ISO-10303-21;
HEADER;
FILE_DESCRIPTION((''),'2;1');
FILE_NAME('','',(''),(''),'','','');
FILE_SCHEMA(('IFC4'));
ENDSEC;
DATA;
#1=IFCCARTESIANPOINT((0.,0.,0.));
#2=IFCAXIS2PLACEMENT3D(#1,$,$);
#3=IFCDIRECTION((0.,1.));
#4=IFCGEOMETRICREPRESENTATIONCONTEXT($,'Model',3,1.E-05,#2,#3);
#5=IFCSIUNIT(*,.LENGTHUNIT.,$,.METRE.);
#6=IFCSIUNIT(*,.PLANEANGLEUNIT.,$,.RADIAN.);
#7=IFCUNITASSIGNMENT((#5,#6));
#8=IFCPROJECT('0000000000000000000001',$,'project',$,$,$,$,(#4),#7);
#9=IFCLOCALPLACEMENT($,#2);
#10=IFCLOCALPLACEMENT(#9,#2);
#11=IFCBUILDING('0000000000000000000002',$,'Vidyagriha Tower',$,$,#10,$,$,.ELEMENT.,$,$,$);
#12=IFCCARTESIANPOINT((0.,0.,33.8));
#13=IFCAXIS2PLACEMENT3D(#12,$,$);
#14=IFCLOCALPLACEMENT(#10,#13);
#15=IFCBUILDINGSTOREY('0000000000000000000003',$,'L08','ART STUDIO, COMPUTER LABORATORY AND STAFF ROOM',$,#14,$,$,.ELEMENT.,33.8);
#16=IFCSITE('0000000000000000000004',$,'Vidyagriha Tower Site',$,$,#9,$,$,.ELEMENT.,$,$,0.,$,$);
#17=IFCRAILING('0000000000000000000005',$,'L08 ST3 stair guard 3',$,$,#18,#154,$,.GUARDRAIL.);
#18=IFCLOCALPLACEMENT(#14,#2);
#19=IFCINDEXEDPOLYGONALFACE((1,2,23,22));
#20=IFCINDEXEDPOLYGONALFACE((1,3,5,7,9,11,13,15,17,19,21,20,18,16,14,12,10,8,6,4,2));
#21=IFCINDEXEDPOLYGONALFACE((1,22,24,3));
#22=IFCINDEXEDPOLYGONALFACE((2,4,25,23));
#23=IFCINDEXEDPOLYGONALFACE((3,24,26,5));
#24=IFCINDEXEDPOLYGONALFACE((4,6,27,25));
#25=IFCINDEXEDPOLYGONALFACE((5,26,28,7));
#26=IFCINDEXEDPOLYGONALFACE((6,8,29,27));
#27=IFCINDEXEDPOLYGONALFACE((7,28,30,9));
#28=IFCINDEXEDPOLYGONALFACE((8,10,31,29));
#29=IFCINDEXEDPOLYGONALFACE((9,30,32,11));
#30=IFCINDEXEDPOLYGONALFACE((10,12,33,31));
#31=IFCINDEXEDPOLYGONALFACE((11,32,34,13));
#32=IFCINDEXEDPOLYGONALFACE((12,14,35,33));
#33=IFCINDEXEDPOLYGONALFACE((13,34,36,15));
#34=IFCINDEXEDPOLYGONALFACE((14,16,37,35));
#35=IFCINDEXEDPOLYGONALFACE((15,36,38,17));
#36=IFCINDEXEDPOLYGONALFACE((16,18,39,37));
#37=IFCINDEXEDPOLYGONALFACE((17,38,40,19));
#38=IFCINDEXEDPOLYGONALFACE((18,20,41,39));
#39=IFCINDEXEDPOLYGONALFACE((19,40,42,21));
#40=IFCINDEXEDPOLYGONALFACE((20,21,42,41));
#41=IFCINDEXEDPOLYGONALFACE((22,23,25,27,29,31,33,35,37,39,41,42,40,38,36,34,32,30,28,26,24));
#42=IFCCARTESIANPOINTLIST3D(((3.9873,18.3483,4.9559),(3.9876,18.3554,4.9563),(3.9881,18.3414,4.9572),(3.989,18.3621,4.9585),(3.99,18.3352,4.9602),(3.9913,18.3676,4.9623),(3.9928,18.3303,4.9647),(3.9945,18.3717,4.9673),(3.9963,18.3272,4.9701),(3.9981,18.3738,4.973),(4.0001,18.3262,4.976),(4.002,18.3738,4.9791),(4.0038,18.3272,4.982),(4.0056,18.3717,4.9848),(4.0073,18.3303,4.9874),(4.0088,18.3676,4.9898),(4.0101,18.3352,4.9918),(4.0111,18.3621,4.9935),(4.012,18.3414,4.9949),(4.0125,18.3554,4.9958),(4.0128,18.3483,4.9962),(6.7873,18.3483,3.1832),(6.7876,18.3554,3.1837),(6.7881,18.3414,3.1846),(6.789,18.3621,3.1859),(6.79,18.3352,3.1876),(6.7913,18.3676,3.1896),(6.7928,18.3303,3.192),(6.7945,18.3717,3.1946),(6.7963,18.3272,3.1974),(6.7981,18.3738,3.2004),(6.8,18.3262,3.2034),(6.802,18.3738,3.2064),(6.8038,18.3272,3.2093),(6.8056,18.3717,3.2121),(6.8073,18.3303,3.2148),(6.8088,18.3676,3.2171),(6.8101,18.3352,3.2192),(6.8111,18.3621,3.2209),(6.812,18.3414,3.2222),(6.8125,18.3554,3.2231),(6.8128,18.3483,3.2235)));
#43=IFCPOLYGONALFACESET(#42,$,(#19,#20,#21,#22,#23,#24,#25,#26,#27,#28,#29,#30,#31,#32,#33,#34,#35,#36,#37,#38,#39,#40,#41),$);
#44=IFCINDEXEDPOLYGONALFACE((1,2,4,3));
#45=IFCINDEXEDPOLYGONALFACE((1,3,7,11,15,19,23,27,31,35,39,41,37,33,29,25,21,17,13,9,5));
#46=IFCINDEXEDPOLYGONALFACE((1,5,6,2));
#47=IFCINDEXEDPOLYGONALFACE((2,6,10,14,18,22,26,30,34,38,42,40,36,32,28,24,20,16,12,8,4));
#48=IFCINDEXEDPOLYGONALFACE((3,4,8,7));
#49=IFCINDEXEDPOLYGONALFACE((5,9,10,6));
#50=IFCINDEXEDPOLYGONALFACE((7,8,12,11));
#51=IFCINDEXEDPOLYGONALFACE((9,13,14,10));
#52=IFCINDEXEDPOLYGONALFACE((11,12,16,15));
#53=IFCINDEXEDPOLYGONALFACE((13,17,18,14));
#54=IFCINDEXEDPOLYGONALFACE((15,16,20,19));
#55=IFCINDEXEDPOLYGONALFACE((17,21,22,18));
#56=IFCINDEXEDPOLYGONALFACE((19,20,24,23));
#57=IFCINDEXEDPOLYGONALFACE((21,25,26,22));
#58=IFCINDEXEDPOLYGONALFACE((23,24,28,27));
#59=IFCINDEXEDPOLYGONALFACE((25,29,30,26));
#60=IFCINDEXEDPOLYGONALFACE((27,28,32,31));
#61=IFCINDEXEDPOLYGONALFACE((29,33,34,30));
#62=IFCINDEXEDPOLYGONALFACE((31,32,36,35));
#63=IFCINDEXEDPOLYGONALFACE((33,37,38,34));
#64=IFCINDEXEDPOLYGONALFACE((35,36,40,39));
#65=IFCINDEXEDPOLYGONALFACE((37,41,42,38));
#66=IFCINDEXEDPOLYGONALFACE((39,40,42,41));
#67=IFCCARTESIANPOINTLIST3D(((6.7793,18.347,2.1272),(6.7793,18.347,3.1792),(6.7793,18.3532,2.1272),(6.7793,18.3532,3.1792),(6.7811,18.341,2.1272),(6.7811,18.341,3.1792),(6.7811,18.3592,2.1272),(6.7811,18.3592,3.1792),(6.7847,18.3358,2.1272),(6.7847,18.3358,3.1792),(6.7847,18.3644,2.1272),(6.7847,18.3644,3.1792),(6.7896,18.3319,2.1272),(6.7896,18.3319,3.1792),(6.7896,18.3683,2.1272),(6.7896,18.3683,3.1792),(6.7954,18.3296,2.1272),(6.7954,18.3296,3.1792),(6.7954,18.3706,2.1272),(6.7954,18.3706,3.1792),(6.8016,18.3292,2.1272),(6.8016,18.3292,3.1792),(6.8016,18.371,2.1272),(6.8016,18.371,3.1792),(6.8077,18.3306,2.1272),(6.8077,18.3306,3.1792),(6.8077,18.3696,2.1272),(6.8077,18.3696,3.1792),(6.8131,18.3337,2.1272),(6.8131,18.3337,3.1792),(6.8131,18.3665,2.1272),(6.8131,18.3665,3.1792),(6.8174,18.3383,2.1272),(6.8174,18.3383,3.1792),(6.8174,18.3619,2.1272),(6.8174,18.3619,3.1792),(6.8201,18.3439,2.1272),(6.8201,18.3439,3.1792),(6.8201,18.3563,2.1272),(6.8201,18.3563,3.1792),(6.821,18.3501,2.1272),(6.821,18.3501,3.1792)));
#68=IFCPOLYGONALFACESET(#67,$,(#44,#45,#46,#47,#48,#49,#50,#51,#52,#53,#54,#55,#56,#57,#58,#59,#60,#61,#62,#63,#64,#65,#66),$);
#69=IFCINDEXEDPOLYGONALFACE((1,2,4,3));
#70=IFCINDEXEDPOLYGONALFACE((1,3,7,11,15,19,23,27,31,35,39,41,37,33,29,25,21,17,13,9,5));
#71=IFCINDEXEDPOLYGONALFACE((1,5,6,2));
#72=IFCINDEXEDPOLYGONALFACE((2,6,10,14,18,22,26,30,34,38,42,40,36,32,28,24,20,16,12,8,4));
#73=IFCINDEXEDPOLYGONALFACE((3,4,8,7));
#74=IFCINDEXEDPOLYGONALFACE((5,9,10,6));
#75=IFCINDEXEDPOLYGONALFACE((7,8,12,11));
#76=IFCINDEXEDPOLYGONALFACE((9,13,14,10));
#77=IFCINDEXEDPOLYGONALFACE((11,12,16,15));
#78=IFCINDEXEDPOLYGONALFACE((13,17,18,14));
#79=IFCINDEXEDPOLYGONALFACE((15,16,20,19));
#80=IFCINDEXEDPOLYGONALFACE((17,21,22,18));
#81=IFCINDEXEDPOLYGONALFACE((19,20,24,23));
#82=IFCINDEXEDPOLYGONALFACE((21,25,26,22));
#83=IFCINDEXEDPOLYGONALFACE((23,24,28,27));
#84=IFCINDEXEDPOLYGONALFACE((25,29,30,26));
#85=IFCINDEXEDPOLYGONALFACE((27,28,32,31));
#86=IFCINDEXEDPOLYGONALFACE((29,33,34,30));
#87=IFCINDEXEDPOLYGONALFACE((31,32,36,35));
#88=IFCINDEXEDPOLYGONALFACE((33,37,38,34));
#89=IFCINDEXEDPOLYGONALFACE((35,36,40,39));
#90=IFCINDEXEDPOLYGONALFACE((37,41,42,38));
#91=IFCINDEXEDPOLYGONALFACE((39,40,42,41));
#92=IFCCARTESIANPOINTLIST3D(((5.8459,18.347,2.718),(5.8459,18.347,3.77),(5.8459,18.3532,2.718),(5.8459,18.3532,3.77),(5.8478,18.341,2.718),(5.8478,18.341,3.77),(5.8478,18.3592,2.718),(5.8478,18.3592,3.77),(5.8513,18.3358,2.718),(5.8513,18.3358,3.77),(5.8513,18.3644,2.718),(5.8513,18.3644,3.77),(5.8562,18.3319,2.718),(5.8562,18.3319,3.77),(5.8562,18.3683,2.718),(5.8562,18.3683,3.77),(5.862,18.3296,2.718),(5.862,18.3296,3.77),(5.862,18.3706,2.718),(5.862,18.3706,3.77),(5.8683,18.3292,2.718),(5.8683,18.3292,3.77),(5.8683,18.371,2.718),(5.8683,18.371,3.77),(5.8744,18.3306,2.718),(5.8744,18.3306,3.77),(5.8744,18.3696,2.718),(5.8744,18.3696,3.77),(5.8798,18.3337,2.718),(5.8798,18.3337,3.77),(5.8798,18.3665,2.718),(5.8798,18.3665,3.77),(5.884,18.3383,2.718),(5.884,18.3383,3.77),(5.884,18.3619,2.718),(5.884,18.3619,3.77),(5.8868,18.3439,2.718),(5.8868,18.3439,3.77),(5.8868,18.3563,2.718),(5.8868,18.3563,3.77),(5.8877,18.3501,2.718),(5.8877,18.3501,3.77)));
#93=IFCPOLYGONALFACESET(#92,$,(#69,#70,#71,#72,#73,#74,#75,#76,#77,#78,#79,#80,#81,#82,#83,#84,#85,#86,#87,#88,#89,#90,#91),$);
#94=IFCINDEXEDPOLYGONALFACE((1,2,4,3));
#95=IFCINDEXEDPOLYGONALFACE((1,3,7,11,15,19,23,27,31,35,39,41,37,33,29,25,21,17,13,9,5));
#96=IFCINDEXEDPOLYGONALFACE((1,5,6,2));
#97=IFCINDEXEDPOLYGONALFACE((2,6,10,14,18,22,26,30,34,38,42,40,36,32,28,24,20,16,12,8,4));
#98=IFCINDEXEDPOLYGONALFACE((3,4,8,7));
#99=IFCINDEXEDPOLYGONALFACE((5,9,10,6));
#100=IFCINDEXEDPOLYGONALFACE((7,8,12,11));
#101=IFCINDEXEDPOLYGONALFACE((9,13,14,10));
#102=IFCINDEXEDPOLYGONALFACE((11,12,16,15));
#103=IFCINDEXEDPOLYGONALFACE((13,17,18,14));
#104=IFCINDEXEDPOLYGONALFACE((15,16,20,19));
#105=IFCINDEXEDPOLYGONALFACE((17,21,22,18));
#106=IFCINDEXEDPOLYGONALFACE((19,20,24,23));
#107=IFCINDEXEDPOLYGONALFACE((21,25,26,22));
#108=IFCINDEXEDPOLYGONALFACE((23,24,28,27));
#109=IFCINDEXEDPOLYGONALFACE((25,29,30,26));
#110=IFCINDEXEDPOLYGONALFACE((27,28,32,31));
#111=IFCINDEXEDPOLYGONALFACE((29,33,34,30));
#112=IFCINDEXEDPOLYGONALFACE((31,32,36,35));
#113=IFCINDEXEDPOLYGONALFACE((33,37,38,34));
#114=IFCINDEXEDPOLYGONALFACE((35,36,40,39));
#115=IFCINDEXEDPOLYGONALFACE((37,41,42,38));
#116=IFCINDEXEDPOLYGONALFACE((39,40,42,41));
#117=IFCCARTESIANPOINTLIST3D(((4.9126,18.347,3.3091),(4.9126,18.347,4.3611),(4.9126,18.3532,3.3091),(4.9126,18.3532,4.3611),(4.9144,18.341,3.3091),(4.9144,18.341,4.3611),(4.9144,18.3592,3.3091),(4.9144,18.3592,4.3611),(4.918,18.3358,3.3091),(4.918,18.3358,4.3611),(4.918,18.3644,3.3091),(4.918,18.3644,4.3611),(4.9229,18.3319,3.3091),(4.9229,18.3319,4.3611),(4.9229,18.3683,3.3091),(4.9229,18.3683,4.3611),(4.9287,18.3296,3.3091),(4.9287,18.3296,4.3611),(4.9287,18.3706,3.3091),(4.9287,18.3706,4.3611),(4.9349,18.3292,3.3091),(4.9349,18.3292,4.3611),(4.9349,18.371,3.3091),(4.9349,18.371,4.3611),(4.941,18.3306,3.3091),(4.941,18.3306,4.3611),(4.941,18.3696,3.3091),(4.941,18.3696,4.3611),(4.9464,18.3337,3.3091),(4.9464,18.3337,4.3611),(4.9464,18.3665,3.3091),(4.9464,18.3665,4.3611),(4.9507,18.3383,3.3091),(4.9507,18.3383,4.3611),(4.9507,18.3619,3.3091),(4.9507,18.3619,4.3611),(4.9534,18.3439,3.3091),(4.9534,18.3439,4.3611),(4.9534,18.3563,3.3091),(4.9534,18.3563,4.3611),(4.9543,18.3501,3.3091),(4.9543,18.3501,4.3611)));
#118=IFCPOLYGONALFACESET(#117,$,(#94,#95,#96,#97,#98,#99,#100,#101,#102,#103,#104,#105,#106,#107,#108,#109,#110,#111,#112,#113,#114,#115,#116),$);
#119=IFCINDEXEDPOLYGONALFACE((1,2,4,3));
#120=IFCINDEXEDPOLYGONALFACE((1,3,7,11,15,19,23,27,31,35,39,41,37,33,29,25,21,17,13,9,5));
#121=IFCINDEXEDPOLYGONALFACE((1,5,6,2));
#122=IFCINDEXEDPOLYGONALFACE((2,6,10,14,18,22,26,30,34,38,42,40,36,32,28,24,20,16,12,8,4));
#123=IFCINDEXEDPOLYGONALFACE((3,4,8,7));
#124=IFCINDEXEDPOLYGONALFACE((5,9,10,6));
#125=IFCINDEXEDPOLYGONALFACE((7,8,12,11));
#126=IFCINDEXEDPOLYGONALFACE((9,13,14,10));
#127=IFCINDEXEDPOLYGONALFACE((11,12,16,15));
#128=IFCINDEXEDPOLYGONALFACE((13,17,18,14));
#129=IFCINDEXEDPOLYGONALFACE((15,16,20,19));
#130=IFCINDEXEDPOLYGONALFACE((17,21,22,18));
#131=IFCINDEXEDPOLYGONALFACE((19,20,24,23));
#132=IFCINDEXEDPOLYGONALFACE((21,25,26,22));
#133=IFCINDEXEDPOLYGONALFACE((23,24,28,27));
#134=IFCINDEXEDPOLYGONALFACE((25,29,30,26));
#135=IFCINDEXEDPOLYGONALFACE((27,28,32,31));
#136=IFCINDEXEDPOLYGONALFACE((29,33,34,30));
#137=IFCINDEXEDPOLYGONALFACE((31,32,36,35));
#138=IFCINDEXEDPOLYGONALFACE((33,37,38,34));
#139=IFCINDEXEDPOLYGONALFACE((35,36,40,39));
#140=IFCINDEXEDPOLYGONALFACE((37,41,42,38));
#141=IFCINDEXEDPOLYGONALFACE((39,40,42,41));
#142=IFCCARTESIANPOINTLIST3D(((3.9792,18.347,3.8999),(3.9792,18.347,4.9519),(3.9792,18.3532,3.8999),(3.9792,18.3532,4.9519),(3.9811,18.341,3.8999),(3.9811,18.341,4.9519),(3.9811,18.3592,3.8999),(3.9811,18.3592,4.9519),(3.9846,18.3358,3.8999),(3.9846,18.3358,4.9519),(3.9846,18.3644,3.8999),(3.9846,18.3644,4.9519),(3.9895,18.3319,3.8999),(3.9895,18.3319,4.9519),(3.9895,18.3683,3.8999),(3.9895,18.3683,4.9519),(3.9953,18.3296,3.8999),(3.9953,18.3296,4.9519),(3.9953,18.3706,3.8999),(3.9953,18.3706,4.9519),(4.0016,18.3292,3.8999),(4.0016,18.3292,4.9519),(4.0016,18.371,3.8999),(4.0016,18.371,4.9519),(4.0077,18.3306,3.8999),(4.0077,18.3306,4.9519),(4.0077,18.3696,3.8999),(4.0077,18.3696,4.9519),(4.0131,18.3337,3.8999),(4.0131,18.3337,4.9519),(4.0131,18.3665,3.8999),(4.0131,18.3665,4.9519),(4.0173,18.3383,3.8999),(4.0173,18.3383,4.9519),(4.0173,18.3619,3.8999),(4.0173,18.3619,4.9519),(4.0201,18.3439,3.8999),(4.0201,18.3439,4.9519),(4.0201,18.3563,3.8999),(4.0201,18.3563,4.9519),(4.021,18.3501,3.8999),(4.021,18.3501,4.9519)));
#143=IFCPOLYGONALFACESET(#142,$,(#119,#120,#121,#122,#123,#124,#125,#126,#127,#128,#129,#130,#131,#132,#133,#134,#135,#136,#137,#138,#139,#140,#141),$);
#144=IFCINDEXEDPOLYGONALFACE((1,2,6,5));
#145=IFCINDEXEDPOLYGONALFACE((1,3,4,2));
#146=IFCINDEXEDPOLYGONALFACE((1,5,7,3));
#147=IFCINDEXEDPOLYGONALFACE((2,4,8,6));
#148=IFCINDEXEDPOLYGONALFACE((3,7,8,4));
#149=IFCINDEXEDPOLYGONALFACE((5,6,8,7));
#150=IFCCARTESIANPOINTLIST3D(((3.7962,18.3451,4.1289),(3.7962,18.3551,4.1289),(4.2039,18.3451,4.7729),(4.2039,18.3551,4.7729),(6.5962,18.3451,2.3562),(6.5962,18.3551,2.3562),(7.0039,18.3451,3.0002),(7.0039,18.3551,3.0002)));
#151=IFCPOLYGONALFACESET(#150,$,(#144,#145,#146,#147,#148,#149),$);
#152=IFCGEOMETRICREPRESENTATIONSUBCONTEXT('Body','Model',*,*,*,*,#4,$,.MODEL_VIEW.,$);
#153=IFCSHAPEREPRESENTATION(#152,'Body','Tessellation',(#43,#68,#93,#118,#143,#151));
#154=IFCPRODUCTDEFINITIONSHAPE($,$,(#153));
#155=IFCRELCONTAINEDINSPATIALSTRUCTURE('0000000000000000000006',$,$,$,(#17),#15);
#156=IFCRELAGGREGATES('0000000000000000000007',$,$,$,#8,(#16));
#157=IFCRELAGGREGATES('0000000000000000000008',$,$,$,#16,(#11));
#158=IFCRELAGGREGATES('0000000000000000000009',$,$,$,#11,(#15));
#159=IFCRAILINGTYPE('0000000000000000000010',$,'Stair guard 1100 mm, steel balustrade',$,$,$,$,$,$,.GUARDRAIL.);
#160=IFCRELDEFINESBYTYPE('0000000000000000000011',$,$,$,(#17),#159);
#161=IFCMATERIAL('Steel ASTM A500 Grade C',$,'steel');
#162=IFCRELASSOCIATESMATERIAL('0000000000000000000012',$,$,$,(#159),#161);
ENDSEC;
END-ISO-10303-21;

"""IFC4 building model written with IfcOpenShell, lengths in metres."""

from ifc_helpers import new_model, si_unit, direction, frame, origin, origin_2d, place, context, subcontext, project, spatial, rectangle, circle, extrude, material, type_object, element, save


model = new_model("IFC4")

# Units and contexts
model_context = context("Model", 3, precision=1e-05, world=origin(), true_north=direction((0.0, 1.0)))
body_context = subcontext(model_context, "Body", "Model", "MODEL_VIEW")
ifc_project = project(units=[si_unit("LENGTHUNIT", "METRE"), si_unit("PLANEANGLEUNIT", "RADIAN")], contexts=[model_context])

# Site, building, storey
site_placement = place(None, origin())
site = spatial("IfcSite", under=ifc_project, at=site_placement, Name="Vidyagriha Tower Site", CompositionType="ELEMENT", RefElevation=0.0)
building_placement = place(site_placement, origin())
building = spatial("IfcBuilding", under=site, at=building_placement, Name="Vidyagriha Tower", CompositionType="ELEMENT")
storey_placement = place(building_placement, frame((0.0, 0.0, 33.8)))
storey = spatial("IfcBuildingStorey", under=building, at=storey_placement, Name="L08", Description="ART STUDIO, COMPUTER LABORATORY AND STAFF ROOM", CompositionType="ELEMENT", Elevation=33.8)

# Railing
ifc_material_1 = material(Name="Steel ASTM A500 Grade C", Category="steel")
railing_type_1 = type_object("IfcRailingType", Name="Stair guard 1100 mm, steel balustrade", PredefinedType="GUARDRAIL", material=ifc_material_1)
railing_1_placement = place(storey_placement, frame((6.8, 18.3501, 2.1272)))
element("IfcRailing", 1, at=railing_1_placement, inside=storey, type_object=railing_type_1, Name="L08 ST3 stair guard 3", PredefinedType="GUARDRAIL", context=body_context, shape_type="SweptSolid", body=[
    extrude(circle(Radius=0.0239, at=origin_2d()), frame((0.0, 0.0, 1.0762), z_axis=(-0.844909, 0.0, 0.53491), x_axis=(0.0, -1.0, 0.0)), (0.0, 0.0, 1.0), 3.314),
    extrude(circle(Radius=0.021, at=origin_2d()), origin(), (0.0, 0.0, 1.0), 1.052),
    extrude(circle(Radius=0.021, at=origin_2d()), frame((-0.9333, 0.0, 0.5908)), (0.0, 0.0, 1.0), 1.052),
    extrude(circle(Radius=0.021, at=origin_2d()), frame((-1.8667, 0.0, 1.1819)), (0.0, 0.0, 1.0), 1.052),
    extrude(circle(Radius=0.021, at=origin_2d()), frame((-2.8, 0.0, 1.7727)), (0.0, 0.0, 1.0), 1.052),
    extrude(rectangle(XDim=0.01, YDim=0.7622, at=origin_2d()), frame((0.0, 0.0, 0.551), z_axis=(-0.844909, 0.0, 0.53491), x_axis=(0.0, -1.0, 0.0)), (0.0, 0.0, 1.0), 3.314),
])

save(model, "model.ifc")
